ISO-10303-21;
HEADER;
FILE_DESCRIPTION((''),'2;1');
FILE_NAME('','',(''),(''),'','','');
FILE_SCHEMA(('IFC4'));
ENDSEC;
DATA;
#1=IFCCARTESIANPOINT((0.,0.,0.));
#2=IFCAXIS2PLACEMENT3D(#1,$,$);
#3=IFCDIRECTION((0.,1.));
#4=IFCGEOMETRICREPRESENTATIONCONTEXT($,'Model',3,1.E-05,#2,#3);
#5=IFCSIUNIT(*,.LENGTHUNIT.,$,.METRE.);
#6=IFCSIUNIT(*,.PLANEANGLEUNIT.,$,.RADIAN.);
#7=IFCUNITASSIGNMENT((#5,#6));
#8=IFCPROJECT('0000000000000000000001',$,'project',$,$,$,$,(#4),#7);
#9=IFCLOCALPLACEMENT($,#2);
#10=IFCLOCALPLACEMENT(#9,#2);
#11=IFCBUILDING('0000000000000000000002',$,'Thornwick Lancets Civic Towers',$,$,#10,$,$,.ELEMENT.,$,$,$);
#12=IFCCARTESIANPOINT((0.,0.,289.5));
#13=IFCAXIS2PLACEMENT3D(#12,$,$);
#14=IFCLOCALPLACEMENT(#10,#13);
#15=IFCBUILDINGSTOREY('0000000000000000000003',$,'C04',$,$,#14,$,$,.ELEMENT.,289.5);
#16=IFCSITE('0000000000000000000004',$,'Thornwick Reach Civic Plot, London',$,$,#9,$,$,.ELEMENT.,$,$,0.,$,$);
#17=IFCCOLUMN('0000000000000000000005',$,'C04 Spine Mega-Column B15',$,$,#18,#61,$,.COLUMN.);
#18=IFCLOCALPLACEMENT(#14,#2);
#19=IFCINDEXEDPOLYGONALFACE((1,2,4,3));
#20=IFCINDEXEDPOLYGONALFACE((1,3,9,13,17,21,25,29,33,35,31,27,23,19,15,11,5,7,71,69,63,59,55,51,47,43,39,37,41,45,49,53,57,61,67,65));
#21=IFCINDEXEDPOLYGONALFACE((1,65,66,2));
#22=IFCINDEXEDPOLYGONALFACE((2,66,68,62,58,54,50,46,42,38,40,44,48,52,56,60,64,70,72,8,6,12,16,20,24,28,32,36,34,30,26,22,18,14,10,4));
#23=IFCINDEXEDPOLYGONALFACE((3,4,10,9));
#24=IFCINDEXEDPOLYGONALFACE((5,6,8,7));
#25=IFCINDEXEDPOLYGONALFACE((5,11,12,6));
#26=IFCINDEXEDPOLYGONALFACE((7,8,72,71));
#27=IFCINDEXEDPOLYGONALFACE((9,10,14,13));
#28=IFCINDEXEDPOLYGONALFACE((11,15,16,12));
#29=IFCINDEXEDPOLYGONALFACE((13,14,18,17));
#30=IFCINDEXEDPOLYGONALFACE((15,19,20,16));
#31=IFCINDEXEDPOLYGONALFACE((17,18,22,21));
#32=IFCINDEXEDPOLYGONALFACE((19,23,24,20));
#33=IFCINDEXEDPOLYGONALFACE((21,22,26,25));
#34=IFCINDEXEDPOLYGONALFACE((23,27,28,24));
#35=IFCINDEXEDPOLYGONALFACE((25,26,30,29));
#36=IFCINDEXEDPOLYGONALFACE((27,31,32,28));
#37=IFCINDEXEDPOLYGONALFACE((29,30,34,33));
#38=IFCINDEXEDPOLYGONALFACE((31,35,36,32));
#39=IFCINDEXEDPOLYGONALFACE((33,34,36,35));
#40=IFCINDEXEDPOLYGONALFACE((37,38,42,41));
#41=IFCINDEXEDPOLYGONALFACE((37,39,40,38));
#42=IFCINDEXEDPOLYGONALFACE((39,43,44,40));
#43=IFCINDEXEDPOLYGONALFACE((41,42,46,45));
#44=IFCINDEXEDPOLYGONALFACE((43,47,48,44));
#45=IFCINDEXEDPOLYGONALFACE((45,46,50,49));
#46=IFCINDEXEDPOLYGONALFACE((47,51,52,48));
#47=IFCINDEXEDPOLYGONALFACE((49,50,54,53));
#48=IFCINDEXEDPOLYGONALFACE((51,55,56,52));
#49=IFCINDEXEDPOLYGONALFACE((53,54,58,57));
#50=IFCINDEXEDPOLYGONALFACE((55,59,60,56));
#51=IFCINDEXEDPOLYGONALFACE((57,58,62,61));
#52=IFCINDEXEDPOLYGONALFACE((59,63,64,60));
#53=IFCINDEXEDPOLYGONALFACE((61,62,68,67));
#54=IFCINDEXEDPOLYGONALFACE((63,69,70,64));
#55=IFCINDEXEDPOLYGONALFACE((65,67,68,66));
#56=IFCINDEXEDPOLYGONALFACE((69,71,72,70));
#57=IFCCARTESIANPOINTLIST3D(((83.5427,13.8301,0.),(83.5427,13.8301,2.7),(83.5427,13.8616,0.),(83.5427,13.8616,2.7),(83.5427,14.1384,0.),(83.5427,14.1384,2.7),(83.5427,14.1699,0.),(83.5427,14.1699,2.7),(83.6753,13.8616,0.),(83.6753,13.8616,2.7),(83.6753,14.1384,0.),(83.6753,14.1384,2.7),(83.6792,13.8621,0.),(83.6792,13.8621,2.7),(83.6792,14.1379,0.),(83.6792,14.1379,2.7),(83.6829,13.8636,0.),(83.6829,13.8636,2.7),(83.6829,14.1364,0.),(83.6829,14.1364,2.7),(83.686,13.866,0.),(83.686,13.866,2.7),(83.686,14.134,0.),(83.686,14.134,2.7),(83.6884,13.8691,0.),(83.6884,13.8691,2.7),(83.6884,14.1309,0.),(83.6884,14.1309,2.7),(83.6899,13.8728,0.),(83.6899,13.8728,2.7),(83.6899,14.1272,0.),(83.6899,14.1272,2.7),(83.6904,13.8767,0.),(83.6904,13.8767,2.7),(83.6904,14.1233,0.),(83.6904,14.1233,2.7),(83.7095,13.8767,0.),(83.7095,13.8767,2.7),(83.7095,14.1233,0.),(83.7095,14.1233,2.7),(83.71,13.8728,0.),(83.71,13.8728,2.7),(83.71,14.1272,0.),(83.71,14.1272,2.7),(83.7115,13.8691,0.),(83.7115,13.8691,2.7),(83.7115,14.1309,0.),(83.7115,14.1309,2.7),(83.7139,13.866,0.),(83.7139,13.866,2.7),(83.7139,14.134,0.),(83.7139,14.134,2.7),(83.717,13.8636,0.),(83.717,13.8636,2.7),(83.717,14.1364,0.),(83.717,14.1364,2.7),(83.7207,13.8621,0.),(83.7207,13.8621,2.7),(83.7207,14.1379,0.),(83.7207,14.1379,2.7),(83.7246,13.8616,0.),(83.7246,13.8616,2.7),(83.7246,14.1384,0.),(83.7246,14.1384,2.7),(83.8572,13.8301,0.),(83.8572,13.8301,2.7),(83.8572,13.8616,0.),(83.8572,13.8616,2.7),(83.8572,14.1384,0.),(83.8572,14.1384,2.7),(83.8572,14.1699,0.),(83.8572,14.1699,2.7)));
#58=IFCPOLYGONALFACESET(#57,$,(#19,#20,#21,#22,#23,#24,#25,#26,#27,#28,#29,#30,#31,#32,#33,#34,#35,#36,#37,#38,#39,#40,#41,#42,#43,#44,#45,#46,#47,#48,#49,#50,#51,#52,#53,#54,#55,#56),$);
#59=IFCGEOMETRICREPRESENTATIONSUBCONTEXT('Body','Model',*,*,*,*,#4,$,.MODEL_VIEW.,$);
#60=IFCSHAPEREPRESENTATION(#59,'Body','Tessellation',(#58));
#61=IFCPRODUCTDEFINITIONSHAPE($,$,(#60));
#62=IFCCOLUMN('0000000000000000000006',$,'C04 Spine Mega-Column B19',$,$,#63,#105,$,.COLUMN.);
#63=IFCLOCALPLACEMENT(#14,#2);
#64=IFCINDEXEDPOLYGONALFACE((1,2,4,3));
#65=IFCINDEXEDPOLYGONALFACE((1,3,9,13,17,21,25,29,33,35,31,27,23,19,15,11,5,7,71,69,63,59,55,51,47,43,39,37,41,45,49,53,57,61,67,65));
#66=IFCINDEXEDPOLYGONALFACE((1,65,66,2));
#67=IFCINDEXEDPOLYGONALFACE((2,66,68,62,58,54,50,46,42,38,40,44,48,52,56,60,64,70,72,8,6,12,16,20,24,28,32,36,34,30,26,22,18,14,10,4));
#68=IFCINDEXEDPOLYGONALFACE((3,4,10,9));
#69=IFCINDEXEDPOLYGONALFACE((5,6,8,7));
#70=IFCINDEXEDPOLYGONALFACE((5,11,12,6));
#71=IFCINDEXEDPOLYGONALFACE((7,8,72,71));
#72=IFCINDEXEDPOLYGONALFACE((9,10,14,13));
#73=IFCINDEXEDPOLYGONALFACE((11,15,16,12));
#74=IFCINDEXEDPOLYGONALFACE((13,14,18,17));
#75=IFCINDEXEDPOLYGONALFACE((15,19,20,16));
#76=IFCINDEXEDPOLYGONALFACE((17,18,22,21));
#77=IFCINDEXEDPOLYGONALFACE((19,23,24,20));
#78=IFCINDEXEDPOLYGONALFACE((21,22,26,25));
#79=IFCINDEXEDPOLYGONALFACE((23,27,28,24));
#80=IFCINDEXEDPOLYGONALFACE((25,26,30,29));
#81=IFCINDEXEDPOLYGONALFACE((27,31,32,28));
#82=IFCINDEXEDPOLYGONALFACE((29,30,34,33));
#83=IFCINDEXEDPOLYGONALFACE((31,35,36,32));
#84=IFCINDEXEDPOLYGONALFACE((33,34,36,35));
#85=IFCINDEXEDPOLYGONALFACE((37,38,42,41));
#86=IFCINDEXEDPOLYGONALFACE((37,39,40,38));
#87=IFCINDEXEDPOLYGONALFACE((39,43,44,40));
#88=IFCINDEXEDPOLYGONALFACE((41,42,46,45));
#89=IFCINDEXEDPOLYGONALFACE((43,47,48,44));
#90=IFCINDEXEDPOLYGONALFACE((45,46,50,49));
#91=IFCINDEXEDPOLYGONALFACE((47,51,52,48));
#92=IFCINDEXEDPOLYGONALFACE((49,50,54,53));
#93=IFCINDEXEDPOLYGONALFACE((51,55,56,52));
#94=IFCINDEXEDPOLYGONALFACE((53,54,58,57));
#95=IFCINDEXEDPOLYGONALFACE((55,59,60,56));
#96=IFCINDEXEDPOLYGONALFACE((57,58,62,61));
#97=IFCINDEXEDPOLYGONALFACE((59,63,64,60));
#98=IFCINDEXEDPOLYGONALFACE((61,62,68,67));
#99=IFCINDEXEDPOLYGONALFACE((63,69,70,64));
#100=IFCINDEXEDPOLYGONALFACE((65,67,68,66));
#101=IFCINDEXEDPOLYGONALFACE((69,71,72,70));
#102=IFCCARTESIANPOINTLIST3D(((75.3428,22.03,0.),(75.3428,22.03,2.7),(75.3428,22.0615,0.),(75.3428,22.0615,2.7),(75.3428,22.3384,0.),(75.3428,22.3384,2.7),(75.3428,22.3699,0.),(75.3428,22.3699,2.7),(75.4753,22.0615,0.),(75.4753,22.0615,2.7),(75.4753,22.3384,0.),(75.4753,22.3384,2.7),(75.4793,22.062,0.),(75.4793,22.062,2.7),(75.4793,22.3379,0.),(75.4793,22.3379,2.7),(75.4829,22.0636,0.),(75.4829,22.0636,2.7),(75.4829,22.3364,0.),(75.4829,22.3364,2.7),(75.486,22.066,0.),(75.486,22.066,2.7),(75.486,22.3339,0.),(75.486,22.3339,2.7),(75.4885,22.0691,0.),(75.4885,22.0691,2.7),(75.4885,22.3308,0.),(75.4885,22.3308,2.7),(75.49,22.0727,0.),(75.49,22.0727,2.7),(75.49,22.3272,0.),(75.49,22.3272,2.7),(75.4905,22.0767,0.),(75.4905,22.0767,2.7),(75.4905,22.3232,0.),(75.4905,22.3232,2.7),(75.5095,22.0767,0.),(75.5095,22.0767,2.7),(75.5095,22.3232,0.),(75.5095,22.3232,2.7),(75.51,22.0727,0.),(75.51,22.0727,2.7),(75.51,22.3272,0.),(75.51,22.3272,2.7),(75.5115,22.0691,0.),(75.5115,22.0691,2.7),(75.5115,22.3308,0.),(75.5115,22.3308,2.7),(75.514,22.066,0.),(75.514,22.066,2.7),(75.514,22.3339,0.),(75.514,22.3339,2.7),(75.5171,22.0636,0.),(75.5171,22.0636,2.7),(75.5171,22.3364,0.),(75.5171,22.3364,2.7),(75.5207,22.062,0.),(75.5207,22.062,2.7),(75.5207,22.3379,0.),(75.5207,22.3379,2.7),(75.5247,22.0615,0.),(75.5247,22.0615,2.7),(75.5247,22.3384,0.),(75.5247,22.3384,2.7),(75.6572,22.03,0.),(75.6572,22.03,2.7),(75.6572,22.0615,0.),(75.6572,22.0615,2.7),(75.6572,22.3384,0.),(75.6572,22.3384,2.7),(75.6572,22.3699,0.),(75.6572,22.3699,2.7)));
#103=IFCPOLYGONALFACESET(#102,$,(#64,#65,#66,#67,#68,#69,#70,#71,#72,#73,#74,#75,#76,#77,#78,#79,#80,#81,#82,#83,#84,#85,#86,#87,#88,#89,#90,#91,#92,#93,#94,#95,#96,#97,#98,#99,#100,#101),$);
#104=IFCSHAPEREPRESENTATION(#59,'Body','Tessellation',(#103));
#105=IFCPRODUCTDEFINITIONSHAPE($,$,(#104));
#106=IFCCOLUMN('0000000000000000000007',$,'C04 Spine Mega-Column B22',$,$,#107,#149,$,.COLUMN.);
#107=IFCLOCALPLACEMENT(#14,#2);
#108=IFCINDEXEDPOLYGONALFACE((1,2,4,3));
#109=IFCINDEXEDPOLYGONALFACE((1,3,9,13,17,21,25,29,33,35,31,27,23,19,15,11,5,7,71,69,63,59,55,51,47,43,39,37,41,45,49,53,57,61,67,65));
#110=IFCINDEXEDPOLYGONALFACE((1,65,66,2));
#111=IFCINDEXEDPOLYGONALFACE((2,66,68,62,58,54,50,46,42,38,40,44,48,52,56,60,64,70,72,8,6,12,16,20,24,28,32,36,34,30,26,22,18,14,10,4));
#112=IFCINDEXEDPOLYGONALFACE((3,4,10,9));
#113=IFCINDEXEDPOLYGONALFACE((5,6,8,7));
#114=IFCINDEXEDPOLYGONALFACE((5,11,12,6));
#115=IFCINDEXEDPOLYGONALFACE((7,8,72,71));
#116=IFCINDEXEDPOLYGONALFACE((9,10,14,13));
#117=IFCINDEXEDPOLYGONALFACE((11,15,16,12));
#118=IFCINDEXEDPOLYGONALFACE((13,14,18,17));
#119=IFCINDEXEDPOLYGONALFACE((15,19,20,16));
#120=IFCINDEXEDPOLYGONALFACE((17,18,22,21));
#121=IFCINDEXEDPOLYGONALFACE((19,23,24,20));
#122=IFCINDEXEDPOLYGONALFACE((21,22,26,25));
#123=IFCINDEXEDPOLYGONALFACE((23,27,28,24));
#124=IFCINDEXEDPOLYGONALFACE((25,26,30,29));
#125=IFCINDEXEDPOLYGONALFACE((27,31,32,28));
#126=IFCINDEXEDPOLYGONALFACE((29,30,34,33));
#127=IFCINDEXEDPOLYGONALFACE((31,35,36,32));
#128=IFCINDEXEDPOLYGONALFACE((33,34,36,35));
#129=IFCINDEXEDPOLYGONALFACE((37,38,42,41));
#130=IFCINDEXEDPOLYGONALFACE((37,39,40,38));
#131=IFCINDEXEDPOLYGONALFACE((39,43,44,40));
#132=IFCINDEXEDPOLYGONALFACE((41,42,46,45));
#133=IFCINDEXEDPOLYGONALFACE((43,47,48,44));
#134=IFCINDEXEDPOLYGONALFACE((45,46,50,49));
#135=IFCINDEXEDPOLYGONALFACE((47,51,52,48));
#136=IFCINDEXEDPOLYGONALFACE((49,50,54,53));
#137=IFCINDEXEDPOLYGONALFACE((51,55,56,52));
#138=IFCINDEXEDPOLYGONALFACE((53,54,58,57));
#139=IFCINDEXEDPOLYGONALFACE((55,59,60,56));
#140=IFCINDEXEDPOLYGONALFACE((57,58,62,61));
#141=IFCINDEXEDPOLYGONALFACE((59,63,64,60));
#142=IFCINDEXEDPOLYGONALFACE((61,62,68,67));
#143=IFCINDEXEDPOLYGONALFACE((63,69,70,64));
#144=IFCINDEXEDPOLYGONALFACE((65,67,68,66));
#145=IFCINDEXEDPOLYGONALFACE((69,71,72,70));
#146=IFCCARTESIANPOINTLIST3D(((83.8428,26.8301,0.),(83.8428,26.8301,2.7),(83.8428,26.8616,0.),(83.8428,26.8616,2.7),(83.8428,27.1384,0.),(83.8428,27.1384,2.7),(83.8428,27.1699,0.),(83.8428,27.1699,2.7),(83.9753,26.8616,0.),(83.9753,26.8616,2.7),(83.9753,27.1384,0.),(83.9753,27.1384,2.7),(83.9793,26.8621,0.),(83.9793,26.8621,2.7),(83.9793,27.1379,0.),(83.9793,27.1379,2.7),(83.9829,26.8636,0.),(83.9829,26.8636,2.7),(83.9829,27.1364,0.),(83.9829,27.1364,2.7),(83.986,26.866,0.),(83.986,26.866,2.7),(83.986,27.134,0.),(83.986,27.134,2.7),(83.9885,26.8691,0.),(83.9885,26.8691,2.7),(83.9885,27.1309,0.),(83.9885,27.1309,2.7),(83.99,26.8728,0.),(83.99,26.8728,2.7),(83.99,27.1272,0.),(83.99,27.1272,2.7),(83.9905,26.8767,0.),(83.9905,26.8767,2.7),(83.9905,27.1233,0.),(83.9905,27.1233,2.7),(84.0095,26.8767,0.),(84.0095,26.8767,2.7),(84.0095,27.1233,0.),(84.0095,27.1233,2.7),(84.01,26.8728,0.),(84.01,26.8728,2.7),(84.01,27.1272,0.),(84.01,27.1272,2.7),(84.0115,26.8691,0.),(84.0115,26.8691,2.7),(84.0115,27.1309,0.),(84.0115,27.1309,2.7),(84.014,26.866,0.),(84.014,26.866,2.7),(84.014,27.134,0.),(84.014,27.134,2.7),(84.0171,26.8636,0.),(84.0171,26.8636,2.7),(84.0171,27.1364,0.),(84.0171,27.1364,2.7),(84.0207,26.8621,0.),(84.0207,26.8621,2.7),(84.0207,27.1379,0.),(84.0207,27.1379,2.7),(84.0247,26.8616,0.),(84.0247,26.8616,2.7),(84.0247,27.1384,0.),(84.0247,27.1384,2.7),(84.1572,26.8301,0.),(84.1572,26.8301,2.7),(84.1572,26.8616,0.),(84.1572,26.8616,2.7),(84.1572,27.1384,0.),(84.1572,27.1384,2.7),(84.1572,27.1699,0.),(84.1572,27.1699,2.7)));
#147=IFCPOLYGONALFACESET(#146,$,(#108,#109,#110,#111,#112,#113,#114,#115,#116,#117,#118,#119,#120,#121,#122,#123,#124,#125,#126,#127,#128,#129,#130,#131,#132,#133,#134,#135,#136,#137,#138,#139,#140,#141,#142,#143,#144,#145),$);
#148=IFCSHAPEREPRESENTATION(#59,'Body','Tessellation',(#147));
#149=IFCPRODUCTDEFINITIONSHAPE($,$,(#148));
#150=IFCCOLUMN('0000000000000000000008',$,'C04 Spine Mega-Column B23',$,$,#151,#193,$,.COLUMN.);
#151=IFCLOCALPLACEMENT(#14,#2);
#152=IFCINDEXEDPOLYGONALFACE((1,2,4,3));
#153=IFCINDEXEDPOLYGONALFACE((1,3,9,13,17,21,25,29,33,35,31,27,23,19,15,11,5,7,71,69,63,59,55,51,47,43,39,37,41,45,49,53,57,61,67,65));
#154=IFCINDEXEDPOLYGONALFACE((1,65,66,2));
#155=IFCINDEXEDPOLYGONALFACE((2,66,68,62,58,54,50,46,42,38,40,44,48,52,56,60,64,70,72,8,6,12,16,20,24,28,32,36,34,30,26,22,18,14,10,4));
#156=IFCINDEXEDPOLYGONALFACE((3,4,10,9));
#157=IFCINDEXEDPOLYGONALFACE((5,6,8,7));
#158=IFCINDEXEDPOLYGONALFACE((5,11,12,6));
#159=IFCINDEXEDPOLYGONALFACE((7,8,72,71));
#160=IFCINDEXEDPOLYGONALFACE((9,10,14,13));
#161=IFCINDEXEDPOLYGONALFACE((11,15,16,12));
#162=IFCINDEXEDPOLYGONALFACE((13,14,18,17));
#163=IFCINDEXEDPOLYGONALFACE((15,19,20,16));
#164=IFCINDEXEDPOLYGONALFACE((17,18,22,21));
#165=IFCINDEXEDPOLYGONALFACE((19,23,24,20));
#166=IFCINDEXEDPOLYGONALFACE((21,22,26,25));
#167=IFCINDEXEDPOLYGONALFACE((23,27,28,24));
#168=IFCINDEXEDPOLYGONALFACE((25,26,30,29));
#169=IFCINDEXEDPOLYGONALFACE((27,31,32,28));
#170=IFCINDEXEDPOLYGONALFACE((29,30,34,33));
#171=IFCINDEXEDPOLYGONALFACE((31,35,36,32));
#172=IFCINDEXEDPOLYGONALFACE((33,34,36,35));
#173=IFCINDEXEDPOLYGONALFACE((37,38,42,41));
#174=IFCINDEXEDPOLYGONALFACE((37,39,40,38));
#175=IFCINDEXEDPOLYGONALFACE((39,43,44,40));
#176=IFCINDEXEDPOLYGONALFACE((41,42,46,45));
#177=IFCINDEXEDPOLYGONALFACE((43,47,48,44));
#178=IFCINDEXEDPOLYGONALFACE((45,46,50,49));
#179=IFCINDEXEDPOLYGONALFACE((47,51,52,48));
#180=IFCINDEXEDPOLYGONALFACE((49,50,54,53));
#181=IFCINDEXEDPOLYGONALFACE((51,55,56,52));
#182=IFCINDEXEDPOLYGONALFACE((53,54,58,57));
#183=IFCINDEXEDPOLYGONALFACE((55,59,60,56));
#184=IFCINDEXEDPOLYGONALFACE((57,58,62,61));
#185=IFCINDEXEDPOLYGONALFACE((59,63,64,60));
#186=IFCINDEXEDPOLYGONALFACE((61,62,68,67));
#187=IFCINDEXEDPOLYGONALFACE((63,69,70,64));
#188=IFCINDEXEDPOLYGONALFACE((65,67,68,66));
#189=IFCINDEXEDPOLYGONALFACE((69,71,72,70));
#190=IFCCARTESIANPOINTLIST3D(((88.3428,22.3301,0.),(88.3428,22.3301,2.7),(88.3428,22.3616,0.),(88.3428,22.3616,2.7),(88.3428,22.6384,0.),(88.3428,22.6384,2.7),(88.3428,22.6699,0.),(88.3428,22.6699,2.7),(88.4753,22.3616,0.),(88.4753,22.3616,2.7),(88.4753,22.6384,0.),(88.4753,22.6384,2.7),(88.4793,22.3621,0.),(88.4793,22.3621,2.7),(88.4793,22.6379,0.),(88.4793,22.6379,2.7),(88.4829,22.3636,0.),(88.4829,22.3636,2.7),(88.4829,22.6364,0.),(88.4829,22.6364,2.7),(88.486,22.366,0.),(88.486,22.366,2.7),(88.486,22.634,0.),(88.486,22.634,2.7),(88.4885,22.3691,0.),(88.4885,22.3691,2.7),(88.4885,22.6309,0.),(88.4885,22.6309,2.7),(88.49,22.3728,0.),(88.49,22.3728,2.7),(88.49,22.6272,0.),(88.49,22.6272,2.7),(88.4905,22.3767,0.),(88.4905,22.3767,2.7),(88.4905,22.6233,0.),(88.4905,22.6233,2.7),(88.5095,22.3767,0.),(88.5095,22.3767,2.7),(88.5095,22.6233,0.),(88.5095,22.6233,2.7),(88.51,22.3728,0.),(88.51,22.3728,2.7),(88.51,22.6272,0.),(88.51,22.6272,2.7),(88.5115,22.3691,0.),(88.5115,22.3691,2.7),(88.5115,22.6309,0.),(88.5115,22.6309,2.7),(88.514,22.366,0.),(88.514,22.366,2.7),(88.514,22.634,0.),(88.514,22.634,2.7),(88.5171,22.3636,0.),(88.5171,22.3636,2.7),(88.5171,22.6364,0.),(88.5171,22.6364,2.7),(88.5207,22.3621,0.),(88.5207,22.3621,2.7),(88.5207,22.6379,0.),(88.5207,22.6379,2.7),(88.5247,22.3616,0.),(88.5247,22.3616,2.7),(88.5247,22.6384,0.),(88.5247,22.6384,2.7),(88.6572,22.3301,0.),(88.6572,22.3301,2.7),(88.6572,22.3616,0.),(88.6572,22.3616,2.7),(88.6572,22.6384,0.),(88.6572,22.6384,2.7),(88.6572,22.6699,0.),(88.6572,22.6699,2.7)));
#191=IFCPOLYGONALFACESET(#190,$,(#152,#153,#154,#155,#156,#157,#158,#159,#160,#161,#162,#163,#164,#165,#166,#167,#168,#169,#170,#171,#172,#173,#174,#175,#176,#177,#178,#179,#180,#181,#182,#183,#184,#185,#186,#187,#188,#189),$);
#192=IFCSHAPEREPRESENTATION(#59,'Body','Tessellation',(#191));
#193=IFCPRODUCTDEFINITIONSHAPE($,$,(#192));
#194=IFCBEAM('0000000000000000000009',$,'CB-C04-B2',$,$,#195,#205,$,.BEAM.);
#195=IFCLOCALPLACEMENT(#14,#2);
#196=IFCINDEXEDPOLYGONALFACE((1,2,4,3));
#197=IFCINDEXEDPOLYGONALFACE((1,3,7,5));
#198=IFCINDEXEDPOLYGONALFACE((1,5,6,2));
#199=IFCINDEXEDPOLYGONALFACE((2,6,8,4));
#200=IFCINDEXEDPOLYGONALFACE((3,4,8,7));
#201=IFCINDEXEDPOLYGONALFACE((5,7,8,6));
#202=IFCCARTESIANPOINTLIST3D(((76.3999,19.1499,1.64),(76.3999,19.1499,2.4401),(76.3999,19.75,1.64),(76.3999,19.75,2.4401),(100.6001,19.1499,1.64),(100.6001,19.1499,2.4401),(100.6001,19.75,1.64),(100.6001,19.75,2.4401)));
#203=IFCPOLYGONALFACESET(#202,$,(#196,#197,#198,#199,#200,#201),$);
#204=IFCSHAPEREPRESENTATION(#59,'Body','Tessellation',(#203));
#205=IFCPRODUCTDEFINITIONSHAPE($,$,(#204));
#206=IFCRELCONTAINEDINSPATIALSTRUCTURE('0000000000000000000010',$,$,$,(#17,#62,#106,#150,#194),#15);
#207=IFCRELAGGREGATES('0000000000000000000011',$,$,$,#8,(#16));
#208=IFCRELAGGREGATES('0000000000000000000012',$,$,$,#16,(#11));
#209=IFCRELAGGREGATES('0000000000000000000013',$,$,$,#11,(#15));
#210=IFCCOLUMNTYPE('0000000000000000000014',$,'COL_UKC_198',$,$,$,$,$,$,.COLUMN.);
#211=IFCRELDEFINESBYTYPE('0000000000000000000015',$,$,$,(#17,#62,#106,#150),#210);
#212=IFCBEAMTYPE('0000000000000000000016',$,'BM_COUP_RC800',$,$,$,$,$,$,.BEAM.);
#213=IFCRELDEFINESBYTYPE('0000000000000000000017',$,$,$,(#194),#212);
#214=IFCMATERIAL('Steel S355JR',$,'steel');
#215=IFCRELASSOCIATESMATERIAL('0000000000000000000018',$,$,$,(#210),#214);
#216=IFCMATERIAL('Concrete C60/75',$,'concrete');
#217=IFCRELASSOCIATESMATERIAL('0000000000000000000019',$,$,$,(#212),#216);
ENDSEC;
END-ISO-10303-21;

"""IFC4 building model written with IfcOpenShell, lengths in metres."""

from ifc_helpers import new_model, si_unit, direction, frame, origin, origin_2d, place, context, subcontext, project, spatial, rectangle, i_section, extrude, material, material_profile, profile_set, type_object, element, save


model = new_model("IFC4")

# Units and contexts
model_context = context("Model", 3, precision=1e-05, world=origin(), true_north=direction((0.0, 1.0)))
body_context = subcontext(model_context, "Body", "Model", "MODEL_VIEW")
ifc_project = project(units=[si_unit("LENGTHUNIT", "METRE"), si_unit("PLANEANGLEUNIT", "RADIAN")], contexts=[model_context])

# Site, building, storey
site_placement = place(None, origin())
site = spatial("IfcSite", under=ifc_project, at=site_placement, Name="Thornwick Reach Civic Plot, London", CompositionType="ELEMENT", RefElevation=0.0)
building_placement = place(site_placement, origin())
building = spatial("IfcBuilding", under=site, at=building_placement, Name="Thornwick Lancets Civic Towers", CompositionType="ELEMENT")
storey_placement = place(building_placement, frame((0.0, 0.0, 289.5)))
storey = spatial("IfcBuildingStorey", under=building, at=storey_placement, Name="C04", CompositionType="ELEMENT", Elevation=289.5)

# Columns
ifc_material_1 = material(Name="Steel S355JR", Category="steel")
ifc_material_profile_1 = material_profile(ifc_material_1, i_section(OverallWidth=0.3145, OverallDepth=0.3398, WebThickness=0.019, FlangeThickness=0.0315, FilletRadius=0.0151, at=origin_2d()), Name="UKC 305x305x198")
ifc_profile_set_1 = profile_set([ifc_material_profile_1], Name="Steel S355JR")
column_type = type_object("IfcColumnType", Name="COL_UKC_198", PredefinedType="COLUMN", material=ifc_profile_set_1)
for number, where, z_axis, x_axis, name in (
    (1, (83.7, 14.0, 0.0), (0.0, 0.0, 1.0), (1.0, 0.0, 0.0), "C04 Spine Mega-Column B15"),
    (2, (75.5, 22.2, 0.0), (0.0, 0.0, 1.0), (1.0, 0.0, 0.0), "C04 Spine Mega-Column B19"),
    (3, (84.0, 27.0, 0.0), (0.0, 0.0, 1.0), (1.0, 0.0, 0.0), "C04 Spine Mega-Column B22"),
    (4, (88.5, 22.5, 0.0), (0.0, 0.0, 1.0), (1.0, 0.0, 0.0), "C04 Spine Mega-Column B23"),
):
    element("IfcColumn", number, at=place(storey_placement, frame(where, z_axis=z_axis, x_axis=x_axis)), inside=storey, type_object=column_type, Name=name, PredefinedType="COLUMN", context=body_context, shape_type="SweptSolid", body=[
        extrude(i_section(OverallWidth=0.3145, OverallDepth=0.3398, WebThickness=0.019, FlangeThickness=0.0315, FilletRadius=0.0151, at=origin_2d()), origin(), (0.0, 0.0, 1.0), 2.7),
    ])

# Beam
ifc_material_2 = material(Name="Concrete C60/75", Category="concrete")
ifc_material_profile_2 = material_profile(ifc_material_2, rectangle(XDim=0.6001, YDim=0.8, at=origin_2d()), Name="RC 600x800")
ifc_profile_set_2 = profile_set([ifc_material_profile_2], Name="Concrete C60/75")
beam_type_1 = type_object("IfcBeamType", Name="BM_COUP_RC800", PredefinedType="BEAM", material=ifc_profile_set_2)
beam_1_placement = place(storey_placement, frame((76.3999, 19.45, 2.04), z_axis=(1.0, 0.0, 0.0), x_axis=(0.0, 1.0, 0.0)))
element("IfcBeam", 5, at=beam_1_placement, inside=storey, type_object=beam_type_1, Name="CB-C04-B2", PredefinedType="BEAM", context=body_context, shape_type="SweptSolid", body=[
    extrude(rectangle(XDim=0.6001, YDim=0.8, at=origin_2d()), origin(), (0.0, 0.0, 1.0), 24.2002),
])

save(model, "model.ifc")
